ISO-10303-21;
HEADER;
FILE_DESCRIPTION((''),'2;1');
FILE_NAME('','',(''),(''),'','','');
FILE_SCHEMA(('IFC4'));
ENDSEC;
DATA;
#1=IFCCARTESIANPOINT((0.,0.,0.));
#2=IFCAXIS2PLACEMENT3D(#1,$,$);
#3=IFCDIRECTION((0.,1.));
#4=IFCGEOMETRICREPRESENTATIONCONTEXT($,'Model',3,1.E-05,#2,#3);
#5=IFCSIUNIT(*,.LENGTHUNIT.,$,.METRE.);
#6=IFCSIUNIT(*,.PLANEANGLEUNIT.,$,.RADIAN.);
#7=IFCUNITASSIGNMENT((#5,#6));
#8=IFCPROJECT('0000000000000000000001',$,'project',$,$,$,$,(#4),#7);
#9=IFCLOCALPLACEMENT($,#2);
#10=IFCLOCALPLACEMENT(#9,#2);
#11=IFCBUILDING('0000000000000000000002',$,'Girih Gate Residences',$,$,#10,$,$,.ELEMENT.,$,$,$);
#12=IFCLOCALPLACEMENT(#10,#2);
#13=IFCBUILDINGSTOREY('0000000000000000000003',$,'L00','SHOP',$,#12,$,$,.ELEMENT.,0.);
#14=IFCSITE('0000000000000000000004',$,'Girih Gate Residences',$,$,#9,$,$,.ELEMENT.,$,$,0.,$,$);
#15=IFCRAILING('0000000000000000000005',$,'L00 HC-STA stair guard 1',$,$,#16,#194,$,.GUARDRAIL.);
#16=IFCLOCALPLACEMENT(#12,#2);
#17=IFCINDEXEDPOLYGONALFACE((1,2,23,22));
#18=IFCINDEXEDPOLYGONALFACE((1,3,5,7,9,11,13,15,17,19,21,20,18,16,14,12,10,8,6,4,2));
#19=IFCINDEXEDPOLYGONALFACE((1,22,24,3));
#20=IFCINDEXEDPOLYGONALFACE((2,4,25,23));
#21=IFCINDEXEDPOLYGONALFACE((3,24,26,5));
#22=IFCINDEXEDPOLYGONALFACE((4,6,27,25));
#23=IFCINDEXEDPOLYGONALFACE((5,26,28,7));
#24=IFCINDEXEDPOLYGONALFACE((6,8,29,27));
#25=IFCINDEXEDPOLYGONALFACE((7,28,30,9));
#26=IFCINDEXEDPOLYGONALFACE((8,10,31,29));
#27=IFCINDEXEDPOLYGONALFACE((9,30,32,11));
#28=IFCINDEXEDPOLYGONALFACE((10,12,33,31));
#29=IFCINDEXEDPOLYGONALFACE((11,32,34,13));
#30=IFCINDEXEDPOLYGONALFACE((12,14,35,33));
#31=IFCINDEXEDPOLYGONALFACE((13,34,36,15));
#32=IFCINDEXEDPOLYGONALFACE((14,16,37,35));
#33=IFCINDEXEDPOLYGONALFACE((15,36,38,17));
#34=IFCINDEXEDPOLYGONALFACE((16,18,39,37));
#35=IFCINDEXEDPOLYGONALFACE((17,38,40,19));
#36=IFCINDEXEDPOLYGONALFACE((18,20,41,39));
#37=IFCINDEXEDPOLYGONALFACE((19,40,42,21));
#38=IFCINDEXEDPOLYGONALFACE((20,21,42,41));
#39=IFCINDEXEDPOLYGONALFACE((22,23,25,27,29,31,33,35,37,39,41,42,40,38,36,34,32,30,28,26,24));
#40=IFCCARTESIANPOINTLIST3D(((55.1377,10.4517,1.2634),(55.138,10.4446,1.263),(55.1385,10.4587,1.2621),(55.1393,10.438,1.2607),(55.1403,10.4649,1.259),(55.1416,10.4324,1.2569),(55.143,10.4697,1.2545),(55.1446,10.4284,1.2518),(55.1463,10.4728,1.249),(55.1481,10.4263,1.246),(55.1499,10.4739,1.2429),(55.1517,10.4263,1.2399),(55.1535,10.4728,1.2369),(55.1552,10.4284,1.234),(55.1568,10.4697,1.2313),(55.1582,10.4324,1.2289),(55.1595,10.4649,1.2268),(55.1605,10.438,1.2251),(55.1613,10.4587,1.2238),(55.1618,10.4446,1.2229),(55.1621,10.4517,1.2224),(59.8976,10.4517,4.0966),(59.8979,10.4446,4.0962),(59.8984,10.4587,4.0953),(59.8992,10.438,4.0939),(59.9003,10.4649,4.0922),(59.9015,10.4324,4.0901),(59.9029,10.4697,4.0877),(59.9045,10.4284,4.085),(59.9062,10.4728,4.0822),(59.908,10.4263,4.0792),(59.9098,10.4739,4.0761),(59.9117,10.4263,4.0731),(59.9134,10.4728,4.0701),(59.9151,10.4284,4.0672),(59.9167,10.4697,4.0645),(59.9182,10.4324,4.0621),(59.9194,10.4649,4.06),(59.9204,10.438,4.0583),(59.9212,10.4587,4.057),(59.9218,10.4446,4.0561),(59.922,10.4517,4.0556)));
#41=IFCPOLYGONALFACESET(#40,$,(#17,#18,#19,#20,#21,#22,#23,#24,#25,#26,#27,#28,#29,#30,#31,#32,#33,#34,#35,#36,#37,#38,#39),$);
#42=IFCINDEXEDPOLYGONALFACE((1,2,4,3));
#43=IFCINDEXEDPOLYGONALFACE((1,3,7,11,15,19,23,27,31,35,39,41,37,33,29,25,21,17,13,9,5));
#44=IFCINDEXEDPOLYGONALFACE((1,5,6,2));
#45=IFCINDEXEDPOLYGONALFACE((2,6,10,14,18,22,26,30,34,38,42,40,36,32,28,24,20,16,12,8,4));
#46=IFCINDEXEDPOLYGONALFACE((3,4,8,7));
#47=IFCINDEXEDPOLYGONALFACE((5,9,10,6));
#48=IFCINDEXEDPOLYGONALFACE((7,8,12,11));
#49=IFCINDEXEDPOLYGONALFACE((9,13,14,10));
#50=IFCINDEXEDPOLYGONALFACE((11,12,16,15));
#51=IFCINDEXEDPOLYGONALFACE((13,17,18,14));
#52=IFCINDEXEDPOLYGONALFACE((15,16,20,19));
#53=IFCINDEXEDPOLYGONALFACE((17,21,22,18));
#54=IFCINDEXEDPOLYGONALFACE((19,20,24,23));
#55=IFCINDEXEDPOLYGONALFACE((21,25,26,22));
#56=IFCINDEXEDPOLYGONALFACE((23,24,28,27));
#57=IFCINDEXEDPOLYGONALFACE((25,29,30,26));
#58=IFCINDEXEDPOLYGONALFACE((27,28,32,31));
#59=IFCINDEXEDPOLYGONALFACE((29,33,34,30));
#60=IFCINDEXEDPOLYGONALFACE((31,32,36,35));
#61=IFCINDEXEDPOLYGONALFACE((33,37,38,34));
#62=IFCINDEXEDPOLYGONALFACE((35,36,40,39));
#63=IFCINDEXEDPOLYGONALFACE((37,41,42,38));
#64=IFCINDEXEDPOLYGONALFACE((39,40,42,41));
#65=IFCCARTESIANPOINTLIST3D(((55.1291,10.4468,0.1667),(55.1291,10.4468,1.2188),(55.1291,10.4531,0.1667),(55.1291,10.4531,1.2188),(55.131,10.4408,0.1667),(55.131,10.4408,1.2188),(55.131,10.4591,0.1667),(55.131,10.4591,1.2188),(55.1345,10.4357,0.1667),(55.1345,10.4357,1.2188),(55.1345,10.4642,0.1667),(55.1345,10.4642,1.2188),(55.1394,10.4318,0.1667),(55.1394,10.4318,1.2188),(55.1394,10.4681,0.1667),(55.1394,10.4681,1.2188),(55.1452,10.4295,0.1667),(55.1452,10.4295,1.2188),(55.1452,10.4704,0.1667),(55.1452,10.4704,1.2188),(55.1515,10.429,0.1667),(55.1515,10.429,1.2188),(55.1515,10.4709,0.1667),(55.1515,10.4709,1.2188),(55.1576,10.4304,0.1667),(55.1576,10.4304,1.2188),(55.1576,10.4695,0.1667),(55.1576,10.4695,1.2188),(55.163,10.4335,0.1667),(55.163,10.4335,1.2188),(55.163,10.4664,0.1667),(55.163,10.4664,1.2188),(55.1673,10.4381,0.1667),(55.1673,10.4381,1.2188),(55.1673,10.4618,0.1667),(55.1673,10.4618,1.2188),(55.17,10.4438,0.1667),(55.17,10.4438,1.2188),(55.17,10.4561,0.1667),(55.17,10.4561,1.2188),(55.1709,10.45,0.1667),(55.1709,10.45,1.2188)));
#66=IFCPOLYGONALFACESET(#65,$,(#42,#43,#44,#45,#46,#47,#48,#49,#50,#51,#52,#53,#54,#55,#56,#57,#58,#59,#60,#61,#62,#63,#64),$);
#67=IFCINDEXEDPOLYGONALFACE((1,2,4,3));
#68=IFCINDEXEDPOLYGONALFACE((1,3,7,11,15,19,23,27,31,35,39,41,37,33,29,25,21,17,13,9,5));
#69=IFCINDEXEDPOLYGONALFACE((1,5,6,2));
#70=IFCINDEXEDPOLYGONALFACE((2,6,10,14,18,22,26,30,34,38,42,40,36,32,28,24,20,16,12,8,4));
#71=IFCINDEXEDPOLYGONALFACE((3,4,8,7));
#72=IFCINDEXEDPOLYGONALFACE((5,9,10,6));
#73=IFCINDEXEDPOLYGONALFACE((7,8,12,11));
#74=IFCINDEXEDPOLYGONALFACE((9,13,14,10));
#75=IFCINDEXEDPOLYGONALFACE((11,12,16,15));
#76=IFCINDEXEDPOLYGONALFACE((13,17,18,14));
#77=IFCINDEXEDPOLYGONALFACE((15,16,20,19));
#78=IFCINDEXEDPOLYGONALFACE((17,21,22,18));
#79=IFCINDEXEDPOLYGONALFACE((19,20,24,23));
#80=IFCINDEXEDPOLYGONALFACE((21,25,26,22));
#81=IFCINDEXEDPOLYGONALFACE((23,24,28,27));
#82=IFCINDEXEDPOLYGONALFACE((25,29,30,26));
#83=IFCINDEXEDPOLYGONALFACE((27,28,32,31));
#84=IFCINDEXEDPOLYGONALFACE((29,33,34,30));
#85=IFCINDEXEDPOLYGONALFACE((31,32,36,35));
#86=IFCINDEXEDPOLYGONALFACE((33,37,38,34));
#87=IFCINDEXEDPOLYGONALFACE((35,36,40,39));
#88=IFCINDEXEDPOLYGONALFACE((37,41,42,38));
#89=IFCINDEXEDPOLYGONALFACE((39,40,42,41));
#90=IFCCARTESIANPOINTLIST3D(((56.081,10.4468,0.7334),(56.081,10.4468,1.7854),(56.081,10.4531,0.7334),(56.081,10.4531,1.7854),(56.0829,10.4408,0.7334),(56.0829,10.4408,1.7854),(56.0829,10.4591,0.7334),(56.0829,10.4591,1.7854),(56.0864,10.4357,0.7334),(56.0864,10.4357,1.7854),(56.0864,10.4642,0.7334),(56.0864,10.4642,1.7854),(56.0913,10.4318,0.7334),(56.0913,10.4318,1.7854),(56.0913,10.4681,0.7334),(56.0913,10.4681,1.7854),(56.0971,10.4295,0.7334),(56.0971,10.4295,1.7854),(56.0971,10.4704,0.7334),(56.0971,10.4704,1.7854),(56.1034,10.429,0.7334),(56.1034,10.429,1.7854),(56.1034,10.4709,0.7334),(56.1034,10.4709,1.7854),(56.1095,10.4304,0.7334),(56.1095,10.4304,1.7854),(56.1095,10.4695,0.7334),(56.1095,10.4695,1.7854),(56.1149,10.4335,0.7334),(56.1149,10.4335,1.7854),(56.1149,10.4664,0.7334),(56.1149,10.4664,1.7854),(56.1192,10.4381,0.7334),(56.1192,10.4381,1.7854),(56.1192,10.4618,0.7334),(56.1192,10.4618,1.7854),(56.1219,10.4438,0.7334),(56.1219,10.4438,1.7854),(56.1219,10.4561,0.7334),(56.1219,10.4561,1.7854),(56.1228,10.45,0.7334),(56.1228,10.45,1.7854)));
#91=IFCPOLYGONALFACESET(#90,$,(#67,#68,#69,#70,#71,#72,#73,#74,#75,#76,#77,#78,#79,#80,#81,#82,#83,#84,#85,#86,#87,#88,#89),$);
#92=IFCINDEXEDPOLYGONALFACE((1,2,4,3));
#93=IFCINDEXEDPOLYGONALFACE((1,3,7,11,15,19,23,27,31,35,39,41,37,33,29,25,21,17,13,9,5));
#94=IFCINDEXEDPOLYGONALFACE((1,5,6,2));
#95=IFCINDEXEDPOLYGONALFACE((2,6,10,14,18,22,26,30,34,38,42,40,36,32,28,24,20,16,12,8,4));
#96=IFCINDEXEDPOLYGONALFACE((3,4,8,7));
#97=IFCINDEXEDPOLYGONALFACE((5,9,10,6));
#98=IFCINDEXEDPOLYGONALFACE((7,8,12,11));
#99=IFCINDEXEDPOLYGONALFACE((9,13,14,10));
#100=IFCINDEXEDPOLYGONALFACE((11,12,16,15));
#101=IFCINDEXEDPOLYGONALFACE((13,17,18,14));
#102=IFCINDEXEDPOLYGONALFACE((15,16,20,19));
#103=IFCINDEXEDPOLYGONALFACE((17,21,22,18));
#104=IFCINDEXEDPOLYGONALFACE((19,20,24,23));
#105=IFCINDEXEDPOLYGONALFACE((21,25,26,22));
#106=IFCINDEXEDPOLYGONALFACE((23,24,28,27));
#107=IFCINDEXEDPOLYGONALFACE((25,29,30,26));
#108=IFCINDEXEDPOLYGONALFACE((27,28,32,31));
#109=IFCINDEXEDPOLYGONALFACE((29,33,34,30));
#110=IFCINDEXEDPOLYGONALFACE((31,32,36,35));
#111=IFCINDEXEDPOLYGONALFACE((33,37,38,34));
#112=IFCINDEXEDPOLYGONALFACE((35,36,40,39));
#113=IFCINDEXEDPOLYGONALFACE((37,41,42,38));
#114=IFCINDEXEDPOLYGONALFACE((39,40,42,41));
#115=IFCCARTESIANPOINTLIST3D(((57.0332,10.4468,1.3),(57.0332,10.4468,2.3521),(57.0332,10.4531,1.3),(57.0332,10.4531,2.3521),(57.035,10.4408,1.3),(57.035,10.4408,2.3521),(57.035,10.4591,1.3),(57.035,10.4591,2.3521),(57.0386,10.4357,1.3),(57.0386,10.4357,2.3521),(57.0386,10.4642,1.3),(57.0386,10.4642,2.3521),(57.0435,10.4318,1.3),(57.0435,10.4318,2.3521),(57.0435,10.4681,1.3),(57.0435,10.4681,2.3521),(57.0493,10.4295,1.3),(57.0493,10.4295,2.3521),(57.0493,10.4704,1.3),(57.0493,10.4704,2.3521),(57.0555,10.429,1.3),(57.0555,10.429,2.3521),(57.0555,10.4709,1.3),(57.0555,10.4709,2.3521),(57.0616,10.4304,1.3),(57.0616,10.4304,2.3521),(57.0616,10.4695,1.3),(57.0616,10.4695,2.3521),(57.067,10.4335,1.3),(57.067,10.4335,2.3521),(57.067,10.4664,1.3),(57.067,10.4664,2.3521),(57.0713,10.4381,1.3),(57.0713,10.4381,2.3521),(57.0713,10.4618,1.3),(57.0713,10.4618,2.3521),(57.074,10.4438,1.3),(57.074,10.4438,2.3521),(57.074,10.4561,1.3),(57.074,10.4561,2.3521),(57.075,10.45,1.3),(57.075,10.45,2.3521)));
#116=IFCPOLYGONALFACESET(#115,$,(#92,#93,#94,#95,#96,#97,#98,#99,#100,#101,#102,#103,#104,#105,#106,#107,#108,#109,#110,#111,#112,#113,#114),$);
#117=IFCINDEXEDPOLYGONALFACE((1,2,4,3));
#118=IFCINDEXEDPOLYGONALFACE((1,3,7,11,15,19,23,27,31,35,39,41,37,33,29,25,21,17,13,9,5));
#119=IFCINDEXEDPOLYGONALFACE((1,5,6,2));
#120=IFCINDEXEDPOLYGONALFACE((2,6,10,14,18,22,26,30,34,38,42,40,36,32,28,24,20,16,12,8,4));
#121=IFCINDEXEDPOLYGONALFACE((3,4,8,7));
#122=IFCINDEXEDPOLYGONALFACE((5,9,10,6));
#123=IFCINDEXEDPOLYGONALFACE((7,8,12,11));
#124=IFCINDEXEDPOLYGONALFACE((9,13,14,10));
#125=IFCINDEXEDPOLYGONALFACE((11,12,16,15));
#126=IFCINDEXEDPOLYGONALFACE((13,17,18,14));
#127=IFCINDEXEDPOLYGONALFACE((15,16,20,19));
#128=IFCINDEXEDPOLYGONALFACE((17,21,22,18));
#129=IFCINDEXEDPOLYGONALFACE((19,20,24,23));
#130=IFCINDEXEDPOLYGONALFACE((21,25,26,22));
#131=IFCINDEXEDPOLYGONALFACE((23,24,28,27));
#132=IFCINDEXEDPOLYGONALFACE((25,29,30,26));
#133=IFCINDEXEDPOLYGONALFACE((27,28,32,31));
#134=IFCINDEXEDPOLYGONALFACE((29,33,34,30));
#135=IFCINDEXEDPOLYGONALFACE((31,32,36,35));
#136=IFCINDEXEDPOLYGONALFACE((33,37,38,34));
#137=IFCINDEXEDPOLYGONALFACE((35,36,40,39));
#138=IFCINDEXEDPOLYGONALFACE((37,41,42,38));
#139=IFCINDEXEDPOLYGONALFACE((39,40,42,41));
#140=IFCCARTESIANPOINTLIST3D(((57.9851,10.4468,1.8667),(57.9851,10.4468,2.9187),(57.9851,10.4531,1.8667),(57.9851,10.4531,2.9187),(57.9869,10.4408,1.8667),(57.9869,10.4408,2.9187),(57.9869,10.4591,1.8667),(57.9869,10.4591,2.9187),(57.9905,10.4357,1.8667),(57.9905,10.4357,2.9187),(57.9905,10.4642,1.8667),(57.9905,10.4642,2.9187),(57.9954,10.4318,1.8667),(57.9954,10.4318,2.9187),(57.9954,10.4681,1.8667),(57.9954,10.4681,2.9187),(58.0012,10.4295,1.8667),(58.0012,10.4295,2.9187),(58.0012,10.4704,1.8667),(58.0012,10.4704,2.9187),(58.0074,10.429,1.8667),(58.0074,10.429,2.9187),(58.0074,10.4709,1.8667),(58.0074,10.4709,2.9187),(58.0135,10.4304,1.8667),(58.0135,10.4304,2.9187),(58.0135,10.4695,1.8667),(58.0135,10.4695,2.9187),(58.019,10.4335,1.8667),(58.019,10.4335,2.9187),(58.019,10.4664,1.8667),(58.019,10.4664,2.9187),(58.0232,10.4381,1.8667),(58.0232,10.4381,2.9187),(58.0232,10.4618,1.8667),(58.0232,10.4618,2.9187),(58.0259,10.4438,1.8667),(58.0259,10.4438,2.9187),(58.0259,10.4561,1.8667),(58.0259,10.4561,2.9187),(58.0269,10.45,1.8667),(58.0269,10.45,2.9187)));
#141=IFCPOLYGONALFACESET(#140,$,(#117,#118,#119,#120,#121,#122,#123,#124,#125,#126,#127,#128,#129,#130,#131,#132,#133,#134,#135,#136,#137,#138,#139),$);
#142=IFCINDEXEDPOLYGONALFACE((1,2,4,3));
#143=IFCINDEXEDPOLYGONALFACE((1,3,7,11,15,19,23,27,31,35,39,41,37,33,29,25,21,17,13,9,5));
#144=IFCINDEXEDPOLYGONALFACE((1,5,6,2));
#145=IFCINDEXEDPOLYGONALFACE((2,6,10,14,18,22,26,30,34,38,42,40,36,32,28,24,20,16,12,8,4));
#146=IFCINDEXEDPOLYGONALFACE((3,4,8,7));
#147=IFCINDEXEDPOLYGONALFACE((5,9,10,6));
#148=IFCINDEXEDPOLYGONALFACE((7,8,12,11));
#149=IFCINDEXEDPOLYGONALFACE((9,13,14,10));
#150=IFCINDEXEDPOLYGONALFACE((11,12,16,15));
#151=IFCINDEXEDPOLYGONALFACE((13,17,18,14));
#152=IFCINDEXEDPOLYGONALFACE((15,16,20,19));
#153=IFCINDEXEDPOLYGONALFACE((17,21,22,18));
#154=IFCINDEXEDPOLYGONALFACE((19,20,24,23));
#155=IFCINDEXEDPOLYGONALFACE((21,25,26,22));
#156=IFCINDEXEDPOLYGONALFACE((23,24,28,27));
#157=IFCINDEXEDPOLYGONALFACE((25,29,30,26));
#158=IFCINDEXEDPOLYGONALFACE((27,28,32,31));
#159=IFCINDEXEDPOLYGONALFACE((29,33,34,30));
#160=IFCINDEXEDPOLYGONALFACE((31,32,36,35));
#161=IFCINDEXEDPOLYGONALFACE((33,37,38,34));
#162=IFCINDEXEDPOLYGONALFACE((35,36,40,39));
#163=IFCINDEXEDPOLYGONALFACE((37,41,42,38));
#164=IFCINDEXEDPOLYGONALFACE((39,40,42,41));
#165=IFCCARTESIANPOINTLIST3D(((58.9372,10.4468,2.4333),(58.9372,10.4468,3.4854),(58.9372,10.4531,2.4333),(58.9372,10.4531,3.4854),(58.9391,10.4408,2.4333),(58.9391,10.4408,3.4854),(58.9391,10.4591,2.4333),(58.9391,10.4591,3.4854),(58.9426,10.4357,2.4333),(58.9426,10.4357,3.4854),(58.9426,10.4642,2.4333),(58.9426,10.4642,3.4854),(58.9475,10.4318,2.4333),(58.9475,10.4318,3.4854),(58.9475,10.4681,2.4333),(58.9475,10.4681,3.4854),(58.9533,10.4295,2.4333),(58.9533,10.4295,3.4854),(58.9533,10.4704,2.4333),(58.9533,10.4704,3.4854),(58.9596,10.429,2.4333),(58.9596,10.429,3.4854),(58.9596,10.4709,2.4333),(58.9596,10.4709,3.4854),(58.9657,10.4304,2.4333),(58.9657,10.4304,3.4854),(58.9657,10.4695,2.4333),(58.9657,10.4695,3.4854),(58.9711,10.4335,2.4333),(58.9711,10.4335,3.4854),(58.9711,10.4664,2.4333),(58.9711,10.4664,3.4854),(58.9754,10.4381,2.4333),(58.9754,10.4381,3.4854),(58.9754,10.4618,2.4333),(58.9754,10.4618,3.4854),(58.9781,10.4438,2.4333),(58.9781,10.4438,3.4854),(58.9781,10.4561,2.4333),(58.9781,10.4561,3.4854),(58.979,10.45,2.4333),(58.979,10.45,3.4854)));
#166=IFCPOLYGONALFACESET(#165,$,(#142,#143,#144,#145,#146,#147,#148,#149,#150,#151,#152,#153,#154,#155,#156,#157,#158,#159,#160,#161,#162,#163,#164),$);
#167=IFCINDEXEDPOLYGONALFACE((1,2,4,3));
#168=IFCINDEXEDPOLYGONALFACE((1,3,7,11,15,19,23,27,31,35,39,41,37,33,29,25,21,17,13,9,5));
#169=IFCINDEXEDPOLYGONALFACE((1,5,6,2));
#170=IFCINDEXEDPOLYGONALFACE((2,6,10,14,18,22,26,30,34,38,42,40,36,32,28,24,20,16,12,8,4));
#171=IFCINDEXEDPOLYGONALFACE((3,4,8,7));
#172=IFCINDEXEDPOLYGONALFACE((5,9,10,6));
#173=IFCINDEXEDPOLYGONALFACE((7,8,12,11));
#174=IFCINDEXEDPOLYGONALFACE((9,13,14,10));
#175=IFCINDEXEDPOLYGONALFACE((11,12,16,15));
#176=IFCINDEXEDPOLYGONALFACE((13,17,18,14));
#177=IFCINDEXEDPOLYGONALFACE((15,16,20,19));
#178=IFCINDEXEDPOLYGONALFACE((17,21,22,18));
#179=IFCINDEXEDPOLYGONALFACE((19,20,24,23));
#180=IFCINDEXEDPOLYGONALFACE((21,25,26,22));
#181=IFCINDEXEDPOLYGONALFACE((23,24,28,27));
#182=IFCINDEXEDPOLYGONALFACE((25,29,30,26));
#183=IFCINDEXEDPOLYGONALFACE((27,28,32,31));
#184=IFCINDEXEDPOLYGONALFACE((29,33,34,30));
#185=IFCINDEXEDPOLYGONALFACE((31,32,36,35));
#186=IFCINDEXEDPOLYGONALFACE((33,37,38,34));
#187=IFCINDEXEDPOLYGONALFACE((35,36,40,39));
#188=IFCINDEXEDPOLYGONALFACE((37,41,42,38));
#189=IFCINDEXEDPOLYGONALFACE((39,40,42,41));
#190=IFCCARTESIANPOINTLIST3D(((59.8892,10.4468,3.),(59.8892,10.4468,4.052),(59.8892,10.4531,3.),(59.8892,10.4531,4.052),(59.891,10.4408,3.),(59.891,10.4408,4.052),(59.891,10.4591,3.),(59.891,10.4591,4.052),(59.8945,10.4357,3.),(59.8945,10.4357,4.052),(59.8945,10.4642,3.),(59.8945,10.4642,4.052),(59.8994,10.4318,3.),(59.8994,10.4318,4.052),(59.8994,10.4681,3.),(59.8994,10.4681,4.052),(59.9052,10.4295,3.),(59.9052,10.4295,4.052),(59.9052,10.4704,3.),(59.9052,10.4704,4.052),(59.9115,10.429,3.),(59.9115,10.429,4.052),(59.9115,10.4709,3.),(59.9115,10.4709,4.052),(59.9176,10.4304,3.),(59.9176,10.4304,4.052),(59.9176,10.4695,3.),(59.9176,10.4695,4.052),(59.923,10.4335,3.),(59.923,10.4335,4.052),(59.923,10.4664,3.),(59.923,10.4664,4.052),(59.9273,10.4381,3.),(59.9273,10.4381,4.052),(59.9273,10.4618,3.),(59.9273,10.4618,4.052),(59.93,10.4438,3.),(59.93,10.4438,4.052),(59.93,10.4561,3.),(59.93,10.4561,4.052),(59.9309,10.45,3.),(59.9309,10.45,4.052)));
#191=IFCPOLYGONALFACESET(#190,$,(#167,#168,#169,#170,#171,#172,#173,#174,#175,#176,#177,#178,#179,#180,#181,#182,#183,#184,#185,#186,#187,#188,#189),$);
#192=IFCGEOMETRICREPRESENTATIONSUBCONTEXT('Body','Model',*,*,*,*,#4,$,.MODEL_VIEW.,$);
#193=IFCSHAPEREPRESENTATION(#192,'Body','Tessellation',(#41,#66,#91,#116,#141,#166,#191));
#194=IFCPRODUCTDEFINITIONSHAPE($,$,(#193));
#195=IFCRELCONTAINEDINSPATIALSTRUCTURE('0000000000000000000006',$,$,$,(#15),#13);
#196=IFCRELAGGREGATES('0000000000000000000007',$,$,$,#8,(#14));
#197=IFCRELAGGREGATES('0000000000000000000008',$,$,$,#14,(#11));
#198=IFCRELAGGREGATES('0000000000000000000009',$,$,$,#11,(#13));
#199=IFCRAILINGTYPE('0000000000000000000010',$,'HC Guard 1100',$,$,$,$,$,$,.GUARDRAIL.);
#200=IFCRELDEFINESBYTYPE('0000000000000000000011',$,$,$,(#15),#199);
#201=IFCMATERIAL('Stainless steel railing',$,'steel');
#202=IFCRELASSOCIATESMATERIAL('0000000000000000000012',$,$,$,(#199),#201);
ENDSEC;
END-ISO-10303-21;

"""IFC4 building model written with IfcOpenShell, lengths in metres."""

from ifc_helpers import new_model, si_unit, direction, frame, origin, origin_2d, place, context, subcontext, project, spatial, circle, extrude, material, type_object, element, save


model = new_model("IFC4")

# Units and contexts
model_context = context("Model", 3, precision=1e-05, world=origin(), true_north=direction((0.0, 1.0)))
body_context = subcontext(model_context, "Body", "Model", "MODEL_VIEW")
ifc_project = project(units=[si_unit("LENGTHUNIT", "METRE"), si_unit("PLANEANGLEUNIT", "RADIAN")], contexts=[model_context])

# Site, building, storey
site_placement = place(None, origin())
site = spatial("IfcSite", under=ifc_project, at=site_placement, Name="Girih Gate Residences", CompositionType="ELEMENT", RefElevation=0.0)
building_placement = place(site_placement, origin())
building = spatial("IfcBuilding", under=site, at=building_placement, Name="Girih Gate Residences", CompositionType="ELEMENT")
storey_placement = place(building_placement, origin())
storey = spatial("IfcBuildingStorey", under=building, at=storey_placement, Name="L00", Description="SHOP", CompositionType="ELEMENT", Elevation=0.0)

# Railing
ifc_material_1 = material(Name="Stainless steel railing", Category="steel")
railing_type_1 = type_object("IfcRailingType", Name="HC Guard 1100", PredefinedType="GUARDRAIL", material=ifc_material_1)
railing_1_placement = place(storey_placement, frame((55.1499, 10.45, 0.1667)))
element("IfcRailing", 1, at=railing_1_placement, inside=storey, type_object=railing_type_1, Name="L00 HC-STA stair guard 1", PredefinedType="GUARDRAIL", context=body_context, shape_type="SweptSolid", body=[
    extrude(circle(Radius=0.0239, at=origin_2d()), frame((0.0, 0.0, 1.0762), z_axis=(0.8593, 0.0, 0.511472), x_axis=(0.0, 1.0, 0.0)), (0.0, 0.0, 1.0), 5.5393),
    extrude(circle(Radius=0.021, at=origin_2d()), origin(), (0.0, 0.0, 1.0), 1.052),
    extrude(circle(Radius=0.021, at=origin_2d()), frame((0.9519, 0.0, 0.5667)), (0.0, 0.0, 1.0), 1.052),
    extrude(circle(Radius=0.021, at=origin_2d()), frame((1.9041, 0.0, 1.1333)), (0.0, 0.0, 1.0), 1.052),
    extrude(circle(Radius=0.021, at=origin_2d()), frame((2.856, 0.0, 1.7)), (0.0, 0.0, 1.0), 1.052),
    extrude(circle(Radius=0.021, at=origin_2d()), frame((3.8081, 0.0, 2.2666)), (0.0, 0.0, 1.0), 1.052),
    extrude(circle(Radius=0.021, at=origin_2d()), frame((4.76, 0.0, 2.8333)), (0.0, 0.0, 1.0), 1.052),
])

save(model, "model.ifc")
